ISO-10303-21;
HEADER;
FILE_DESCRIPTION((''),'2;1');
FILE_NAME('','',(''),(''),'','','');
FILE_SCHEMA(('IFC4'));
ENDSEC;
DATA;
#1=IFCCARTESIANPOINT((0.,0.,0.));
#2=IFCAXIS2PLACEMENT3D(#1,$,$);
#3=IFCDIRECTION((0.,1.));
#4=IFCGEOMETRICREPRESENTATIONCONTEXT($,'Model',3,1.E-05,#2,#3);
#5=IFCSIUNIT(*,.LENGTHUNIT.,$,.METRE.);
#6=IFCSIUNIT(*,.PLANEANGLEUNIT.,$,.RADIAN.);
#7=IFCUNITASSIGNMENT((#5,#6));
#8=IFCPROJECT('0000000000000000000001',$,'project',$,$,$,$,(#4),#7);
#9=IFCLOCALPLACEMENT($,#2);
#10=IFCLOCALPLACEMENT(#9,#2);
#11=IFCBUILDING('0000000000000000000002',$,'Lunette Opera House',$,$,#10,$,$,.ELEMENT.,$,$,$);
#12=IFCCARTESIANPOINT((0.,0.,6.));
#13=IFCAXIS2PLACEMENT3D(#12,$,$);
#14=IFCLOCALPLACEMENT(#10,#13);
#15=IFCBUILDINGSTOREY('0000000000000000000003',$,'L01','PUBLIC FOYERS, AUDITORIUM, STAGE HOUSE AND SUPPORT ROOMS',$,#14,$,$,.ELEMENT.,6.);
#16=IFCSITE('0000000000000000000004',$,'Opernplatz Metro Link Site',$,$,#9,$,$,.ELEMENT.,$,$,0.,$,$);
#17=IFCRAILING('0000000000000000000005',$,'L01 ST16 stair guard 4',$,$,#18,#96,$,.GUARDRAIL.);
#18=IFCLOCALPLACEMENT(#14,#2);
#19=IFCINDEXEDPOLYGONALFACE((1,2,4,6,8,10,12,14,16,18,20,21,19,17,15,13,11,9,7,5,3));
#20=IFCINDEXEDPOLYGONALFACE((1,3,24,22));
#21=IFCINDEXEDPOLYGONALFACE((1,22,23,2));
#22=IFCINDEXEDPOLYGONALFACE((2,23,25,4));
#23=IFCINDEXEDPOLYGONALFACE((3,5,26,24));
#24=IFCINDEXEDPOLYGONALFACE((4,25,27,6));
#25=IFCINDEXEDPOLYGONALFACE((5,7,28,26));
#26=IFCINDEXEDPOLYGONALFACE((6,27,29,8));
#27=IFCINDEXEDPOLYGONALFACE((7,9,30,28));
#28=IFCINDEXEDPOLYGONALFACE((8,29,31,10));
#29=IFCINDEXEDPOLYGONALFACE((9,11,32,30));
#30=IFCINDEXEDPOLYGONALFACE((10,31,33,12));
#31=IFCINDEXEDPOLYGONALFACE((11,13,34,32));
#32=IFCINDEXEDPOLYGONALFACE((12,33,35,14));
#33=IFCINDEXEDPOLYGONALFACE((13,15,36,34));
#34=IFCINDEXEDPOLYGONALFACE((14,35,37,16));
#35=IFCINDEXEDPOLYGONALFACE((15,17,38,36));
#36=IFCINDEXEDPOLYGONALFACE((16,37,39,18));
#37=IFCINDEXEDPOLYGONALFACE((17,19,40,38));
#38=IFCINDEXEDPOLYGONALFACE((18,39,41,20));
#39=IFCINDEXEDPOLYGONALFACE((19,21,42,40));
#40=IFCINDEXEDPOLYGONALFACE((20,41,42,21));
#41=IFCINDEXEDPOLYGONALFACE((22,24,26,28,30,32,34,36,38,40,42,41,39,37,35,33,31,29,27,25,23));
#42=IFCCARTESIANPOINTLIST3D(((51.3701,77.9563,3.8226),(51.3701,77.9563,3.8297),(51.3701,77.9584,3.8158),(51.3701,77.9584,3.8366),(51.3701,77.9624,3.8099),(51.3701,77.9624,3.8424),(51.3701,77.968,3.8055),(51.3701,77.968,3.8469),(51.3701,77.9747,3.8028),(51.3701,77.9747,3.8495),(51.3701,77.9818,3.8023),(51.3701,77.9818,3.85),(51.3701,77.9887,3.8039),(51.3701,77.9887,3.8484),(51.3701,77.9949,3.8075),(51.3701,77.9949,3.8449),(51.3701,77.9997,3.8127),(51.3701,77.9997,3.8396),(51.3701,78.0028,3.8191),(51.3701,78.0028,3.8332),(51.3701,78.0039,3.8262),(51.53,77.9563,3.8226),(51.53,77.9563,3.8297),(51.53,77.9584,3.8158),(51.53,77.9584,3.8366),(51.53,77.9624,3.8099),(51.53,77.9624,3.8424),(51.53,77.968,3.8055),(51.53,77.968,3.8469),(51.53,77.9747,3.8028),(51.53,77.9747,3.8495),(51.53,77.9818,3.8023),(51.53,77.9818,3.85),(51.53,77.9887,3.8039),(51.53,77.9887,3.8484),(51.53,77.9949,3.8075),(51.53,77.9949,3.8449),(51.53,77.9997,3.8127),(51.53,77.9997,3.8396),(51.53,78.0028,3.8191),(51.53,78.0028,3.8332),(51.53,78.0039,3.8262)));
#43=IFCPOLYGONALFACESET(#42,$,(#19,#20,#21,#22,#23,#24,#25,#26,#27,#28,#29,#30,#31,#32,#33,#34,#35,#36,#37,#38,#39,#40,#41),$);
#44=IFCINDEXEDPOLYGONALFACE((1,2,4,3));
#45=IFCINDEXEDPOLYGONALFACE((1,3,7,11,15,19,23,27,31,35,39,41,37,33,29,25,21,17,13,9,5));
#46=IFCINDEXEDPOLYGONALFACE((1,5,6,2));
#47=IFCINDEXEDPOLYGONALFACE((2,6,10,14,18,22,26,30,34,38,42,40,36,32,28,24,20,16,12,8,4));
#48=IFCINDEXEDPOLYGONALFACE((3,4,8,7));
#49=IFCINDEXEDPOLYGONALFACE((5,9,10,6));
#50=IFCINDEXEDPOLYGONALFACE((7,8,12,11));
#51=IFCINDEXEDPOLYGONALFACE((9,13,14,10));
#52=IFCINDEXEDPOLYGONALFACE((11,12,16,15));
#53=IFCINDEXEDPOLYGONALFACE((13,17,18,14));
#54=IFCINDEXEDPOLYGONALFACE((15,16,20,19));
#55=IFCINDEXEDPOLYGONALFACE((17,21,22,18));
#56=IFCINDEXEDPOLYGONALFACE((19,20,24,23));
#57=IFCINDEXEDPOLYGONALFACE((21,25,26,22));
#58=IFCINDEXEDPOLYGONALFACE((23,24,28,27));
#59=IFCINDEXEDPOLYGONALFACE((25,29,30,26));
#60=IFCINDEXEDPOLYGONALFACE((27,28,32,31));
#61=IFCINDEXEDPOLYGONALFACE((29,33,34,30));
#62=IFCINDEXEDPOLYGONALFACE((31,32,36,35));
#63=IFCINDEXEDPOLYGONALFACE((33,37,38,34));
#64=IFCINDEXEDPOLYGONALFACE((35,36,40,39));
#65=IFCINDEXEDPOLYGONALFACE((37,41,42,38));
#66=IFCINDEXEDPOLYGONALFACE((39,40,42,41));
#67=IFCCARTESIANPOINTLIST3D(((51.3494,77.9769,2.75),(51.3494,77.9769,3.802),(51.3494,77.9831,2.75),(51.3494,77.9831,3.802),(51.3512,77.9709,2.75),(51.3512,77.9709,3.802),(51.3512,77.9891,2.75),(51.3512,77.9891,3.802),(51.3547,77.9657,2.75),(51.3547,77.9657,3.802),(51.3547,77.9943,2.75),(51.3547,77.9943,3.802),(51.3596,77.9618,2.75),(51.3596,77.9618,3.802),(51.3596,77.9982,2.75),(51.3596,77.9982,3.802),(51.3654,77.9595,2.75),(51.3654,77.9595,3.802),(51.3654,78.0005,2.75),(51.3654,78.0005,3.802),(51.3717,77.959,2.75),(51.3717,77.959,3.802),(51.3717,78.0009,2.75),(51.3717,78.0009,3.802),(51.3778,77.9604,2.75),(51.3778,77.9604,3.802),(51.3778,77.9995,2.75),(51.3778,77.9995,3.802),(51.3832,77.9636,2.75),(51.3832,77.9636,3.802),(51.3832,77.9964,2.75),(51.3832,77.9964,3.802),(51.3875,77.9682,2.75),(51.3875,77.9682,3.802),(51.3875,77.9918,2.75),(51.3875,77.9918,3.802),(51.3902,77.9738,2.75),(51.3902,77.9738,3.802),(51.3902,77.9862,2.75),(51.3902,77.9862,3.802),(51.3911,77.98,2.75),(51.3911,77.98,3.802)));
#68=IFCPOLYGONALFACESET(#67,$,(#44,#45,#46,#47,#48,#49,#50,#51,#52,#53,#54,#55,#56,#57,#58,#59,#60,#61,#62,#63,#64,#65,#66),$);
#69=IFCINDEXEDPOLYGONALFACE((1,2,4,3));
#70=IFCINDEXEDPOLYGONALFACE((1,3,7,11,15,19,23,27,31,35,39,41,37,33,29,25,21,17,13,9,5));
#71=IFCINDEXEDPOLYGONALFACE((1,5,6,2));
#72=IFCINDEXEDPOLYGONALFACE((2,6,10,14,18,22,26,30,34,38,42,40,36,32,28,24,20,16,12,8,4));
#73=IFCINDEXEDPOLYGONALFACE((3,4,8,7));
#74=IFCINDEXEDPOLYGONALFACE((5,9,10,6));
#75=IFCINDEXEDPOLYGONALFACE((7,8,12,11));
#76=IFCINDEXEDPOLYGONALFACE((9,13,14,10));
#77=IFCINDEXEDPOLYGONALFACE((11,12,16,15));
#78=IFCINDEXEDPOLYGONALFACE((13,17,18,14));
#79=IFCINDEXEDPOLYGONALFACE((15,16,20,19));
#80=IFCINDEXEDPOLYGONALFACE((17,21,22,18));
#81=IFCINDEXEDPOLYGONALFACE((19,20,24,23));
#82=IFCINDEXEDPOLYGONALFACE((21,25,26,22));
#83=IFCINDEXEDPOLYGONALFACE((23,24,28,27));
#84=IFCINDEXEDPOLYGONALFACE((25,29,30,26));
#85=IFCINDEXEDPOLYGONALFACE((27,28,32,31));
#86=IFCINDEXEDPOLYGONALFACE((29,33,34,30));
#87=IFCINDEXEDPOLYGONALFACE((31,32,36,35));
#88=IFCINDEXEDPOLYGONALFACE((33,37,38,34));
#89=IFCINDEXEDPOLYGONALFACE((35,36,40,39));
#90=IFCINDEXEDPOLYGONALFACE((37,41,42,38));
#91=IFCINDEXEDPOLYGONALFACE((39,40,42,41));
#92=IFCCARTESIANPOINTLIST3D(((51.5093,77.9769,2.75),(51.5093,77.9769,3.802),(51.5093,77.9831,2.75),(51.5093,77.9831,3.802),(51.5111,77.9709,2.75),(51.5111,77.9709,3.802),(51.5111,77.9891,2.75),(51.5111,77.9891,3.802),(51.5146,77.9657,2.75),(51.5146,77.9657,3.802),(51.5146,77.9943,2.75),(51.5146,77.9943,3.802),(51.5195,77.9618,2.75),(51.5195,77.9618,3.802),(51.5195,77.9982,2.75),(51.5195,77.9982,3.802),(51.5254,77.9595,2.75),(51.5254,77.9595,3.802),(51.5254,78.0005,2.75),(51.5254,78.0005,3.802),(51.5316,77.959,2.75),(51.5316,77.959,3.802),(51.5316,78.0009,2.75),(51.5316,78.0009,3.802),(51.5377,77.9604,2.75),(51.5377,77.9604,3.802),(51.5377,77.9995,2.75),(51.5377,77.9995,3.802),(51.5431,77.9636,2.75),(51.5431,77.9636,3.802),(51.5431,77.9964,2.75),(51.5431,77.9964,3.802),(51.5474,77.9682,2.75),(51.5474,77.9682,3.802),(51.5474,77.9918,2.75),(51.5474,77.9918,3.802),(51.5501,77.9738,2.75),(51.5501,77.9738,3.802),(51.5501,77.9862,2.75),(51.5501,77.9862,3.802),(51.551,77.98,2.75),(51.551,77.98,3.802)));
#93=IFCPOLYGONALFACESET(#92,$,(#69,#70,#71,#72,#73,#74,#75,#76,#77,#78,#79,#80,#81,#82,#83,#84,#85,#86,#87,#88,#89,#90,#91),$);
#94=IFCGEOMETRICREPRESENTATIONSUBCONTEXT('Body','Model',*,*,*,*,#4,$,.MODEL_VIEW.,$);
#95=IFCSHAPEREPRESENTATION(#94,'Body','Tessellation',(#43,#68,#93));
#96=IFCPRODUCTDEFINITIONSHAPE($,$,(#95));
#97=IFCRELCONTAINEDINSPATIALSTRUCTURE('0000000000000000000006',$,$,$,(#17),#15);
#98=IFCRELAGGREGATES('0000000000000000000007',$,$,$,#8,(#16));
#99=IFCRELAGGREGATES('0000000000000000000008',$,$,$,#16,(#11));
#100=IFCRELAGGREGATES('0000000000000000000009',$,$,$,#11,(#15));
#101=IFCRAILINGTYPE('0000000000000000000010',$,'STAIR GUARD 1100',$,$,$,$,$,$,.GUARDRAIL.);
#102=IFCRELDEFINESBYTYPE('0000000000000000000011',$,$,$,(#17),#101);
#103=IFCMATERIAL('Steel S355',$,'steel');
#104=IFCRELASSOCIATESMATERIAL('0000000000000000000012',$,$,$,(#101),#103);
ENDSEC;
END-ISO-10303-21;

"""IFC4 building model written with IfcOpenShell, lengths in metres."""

from ifc_helpers import new_model, si_unit, direction, frame, origin, origin_2d, place, context, subcontext, project, spatial, circle, extrude, material, type_object, element, save


model = new_model("IFC4")

# Units and contexts
model_context = context("Model", 3, precision=1e-05, world=origin(), true_north=direction((0.0, 1.0)))
body_context = subcontext(model_context, "Body", "Model", "MODEL_VIEW")
ifc_project = project(units=[si_unit("LENGTHUNIT", "METRE"), si_unit("PLANEANGLEUNIT", "RADIAN")], contexts=[model_context])

# Site, building, storey
site_placement = place(None, origin())
site = spatial("IfcSite", under=ifc_project, at=site_placement, Name="Opernplatz Metro Link Site", CompositionType="ELEMENT", RefElevation=0.0)
building_placement = place(site_placement, origin())
building = spatial("IfcBuilding", under=site, at=building_placement, Name="Lunette Opera House", CompositionType="ELEMENT")
storey_placement = place(building_placement, frame((0.0, 0.0, 6.0)))
storey = spatial("IfcBuildingStorey", under=building, at=storey_placement, Name="L01", Description="PUBLIC FOYERS, AUDITORIUM, STAGE HOUSE AND SUPPORT ROOMS", CompositionType="ELEMENT", Elevation=6.0)

# Railing
ifc_material_1 = material(Name="Steel S355", Category="steel")
railing_type_1 = type_object("IfcRailingType", Name="STAIR GUARD 1100", PredefinedType="GUARDRAIL", material=ifc_material_1)
railing_1_placement = place(storey_placement, frame((51.3701, 77.98, 2.75)))
element("IfcRailing", 1, at=railing_1_placement, inside=storey, type_object=railing_type_1, Name="L01 ST16 stair guard 4", PredefinedType="GUARDRAIL", context=body_context, shape_type="SweptSolid", body=[
    extrude(circle(Radius=0.0239, at=origin_2d()), frame((0.0, 0.0, 1.0762), z_axis=(1.0, 0.0, 0.0), x_axis=(0.0, 1.0, 0.0)), (0.0, 0.0, 1.0), 0.1599),
    extrude(circle(Radius=0.021, at=origin_2d()), origin(), (0.0, 0.0, 1.0), 1.052),
    extrude(circle(Radius=0.021, at=origin_2d()), frame((0.1599, 0.0, 0.0)), (0.0, 0.0, 1.0), 1.052),
])

save(model, "model.ifc")
